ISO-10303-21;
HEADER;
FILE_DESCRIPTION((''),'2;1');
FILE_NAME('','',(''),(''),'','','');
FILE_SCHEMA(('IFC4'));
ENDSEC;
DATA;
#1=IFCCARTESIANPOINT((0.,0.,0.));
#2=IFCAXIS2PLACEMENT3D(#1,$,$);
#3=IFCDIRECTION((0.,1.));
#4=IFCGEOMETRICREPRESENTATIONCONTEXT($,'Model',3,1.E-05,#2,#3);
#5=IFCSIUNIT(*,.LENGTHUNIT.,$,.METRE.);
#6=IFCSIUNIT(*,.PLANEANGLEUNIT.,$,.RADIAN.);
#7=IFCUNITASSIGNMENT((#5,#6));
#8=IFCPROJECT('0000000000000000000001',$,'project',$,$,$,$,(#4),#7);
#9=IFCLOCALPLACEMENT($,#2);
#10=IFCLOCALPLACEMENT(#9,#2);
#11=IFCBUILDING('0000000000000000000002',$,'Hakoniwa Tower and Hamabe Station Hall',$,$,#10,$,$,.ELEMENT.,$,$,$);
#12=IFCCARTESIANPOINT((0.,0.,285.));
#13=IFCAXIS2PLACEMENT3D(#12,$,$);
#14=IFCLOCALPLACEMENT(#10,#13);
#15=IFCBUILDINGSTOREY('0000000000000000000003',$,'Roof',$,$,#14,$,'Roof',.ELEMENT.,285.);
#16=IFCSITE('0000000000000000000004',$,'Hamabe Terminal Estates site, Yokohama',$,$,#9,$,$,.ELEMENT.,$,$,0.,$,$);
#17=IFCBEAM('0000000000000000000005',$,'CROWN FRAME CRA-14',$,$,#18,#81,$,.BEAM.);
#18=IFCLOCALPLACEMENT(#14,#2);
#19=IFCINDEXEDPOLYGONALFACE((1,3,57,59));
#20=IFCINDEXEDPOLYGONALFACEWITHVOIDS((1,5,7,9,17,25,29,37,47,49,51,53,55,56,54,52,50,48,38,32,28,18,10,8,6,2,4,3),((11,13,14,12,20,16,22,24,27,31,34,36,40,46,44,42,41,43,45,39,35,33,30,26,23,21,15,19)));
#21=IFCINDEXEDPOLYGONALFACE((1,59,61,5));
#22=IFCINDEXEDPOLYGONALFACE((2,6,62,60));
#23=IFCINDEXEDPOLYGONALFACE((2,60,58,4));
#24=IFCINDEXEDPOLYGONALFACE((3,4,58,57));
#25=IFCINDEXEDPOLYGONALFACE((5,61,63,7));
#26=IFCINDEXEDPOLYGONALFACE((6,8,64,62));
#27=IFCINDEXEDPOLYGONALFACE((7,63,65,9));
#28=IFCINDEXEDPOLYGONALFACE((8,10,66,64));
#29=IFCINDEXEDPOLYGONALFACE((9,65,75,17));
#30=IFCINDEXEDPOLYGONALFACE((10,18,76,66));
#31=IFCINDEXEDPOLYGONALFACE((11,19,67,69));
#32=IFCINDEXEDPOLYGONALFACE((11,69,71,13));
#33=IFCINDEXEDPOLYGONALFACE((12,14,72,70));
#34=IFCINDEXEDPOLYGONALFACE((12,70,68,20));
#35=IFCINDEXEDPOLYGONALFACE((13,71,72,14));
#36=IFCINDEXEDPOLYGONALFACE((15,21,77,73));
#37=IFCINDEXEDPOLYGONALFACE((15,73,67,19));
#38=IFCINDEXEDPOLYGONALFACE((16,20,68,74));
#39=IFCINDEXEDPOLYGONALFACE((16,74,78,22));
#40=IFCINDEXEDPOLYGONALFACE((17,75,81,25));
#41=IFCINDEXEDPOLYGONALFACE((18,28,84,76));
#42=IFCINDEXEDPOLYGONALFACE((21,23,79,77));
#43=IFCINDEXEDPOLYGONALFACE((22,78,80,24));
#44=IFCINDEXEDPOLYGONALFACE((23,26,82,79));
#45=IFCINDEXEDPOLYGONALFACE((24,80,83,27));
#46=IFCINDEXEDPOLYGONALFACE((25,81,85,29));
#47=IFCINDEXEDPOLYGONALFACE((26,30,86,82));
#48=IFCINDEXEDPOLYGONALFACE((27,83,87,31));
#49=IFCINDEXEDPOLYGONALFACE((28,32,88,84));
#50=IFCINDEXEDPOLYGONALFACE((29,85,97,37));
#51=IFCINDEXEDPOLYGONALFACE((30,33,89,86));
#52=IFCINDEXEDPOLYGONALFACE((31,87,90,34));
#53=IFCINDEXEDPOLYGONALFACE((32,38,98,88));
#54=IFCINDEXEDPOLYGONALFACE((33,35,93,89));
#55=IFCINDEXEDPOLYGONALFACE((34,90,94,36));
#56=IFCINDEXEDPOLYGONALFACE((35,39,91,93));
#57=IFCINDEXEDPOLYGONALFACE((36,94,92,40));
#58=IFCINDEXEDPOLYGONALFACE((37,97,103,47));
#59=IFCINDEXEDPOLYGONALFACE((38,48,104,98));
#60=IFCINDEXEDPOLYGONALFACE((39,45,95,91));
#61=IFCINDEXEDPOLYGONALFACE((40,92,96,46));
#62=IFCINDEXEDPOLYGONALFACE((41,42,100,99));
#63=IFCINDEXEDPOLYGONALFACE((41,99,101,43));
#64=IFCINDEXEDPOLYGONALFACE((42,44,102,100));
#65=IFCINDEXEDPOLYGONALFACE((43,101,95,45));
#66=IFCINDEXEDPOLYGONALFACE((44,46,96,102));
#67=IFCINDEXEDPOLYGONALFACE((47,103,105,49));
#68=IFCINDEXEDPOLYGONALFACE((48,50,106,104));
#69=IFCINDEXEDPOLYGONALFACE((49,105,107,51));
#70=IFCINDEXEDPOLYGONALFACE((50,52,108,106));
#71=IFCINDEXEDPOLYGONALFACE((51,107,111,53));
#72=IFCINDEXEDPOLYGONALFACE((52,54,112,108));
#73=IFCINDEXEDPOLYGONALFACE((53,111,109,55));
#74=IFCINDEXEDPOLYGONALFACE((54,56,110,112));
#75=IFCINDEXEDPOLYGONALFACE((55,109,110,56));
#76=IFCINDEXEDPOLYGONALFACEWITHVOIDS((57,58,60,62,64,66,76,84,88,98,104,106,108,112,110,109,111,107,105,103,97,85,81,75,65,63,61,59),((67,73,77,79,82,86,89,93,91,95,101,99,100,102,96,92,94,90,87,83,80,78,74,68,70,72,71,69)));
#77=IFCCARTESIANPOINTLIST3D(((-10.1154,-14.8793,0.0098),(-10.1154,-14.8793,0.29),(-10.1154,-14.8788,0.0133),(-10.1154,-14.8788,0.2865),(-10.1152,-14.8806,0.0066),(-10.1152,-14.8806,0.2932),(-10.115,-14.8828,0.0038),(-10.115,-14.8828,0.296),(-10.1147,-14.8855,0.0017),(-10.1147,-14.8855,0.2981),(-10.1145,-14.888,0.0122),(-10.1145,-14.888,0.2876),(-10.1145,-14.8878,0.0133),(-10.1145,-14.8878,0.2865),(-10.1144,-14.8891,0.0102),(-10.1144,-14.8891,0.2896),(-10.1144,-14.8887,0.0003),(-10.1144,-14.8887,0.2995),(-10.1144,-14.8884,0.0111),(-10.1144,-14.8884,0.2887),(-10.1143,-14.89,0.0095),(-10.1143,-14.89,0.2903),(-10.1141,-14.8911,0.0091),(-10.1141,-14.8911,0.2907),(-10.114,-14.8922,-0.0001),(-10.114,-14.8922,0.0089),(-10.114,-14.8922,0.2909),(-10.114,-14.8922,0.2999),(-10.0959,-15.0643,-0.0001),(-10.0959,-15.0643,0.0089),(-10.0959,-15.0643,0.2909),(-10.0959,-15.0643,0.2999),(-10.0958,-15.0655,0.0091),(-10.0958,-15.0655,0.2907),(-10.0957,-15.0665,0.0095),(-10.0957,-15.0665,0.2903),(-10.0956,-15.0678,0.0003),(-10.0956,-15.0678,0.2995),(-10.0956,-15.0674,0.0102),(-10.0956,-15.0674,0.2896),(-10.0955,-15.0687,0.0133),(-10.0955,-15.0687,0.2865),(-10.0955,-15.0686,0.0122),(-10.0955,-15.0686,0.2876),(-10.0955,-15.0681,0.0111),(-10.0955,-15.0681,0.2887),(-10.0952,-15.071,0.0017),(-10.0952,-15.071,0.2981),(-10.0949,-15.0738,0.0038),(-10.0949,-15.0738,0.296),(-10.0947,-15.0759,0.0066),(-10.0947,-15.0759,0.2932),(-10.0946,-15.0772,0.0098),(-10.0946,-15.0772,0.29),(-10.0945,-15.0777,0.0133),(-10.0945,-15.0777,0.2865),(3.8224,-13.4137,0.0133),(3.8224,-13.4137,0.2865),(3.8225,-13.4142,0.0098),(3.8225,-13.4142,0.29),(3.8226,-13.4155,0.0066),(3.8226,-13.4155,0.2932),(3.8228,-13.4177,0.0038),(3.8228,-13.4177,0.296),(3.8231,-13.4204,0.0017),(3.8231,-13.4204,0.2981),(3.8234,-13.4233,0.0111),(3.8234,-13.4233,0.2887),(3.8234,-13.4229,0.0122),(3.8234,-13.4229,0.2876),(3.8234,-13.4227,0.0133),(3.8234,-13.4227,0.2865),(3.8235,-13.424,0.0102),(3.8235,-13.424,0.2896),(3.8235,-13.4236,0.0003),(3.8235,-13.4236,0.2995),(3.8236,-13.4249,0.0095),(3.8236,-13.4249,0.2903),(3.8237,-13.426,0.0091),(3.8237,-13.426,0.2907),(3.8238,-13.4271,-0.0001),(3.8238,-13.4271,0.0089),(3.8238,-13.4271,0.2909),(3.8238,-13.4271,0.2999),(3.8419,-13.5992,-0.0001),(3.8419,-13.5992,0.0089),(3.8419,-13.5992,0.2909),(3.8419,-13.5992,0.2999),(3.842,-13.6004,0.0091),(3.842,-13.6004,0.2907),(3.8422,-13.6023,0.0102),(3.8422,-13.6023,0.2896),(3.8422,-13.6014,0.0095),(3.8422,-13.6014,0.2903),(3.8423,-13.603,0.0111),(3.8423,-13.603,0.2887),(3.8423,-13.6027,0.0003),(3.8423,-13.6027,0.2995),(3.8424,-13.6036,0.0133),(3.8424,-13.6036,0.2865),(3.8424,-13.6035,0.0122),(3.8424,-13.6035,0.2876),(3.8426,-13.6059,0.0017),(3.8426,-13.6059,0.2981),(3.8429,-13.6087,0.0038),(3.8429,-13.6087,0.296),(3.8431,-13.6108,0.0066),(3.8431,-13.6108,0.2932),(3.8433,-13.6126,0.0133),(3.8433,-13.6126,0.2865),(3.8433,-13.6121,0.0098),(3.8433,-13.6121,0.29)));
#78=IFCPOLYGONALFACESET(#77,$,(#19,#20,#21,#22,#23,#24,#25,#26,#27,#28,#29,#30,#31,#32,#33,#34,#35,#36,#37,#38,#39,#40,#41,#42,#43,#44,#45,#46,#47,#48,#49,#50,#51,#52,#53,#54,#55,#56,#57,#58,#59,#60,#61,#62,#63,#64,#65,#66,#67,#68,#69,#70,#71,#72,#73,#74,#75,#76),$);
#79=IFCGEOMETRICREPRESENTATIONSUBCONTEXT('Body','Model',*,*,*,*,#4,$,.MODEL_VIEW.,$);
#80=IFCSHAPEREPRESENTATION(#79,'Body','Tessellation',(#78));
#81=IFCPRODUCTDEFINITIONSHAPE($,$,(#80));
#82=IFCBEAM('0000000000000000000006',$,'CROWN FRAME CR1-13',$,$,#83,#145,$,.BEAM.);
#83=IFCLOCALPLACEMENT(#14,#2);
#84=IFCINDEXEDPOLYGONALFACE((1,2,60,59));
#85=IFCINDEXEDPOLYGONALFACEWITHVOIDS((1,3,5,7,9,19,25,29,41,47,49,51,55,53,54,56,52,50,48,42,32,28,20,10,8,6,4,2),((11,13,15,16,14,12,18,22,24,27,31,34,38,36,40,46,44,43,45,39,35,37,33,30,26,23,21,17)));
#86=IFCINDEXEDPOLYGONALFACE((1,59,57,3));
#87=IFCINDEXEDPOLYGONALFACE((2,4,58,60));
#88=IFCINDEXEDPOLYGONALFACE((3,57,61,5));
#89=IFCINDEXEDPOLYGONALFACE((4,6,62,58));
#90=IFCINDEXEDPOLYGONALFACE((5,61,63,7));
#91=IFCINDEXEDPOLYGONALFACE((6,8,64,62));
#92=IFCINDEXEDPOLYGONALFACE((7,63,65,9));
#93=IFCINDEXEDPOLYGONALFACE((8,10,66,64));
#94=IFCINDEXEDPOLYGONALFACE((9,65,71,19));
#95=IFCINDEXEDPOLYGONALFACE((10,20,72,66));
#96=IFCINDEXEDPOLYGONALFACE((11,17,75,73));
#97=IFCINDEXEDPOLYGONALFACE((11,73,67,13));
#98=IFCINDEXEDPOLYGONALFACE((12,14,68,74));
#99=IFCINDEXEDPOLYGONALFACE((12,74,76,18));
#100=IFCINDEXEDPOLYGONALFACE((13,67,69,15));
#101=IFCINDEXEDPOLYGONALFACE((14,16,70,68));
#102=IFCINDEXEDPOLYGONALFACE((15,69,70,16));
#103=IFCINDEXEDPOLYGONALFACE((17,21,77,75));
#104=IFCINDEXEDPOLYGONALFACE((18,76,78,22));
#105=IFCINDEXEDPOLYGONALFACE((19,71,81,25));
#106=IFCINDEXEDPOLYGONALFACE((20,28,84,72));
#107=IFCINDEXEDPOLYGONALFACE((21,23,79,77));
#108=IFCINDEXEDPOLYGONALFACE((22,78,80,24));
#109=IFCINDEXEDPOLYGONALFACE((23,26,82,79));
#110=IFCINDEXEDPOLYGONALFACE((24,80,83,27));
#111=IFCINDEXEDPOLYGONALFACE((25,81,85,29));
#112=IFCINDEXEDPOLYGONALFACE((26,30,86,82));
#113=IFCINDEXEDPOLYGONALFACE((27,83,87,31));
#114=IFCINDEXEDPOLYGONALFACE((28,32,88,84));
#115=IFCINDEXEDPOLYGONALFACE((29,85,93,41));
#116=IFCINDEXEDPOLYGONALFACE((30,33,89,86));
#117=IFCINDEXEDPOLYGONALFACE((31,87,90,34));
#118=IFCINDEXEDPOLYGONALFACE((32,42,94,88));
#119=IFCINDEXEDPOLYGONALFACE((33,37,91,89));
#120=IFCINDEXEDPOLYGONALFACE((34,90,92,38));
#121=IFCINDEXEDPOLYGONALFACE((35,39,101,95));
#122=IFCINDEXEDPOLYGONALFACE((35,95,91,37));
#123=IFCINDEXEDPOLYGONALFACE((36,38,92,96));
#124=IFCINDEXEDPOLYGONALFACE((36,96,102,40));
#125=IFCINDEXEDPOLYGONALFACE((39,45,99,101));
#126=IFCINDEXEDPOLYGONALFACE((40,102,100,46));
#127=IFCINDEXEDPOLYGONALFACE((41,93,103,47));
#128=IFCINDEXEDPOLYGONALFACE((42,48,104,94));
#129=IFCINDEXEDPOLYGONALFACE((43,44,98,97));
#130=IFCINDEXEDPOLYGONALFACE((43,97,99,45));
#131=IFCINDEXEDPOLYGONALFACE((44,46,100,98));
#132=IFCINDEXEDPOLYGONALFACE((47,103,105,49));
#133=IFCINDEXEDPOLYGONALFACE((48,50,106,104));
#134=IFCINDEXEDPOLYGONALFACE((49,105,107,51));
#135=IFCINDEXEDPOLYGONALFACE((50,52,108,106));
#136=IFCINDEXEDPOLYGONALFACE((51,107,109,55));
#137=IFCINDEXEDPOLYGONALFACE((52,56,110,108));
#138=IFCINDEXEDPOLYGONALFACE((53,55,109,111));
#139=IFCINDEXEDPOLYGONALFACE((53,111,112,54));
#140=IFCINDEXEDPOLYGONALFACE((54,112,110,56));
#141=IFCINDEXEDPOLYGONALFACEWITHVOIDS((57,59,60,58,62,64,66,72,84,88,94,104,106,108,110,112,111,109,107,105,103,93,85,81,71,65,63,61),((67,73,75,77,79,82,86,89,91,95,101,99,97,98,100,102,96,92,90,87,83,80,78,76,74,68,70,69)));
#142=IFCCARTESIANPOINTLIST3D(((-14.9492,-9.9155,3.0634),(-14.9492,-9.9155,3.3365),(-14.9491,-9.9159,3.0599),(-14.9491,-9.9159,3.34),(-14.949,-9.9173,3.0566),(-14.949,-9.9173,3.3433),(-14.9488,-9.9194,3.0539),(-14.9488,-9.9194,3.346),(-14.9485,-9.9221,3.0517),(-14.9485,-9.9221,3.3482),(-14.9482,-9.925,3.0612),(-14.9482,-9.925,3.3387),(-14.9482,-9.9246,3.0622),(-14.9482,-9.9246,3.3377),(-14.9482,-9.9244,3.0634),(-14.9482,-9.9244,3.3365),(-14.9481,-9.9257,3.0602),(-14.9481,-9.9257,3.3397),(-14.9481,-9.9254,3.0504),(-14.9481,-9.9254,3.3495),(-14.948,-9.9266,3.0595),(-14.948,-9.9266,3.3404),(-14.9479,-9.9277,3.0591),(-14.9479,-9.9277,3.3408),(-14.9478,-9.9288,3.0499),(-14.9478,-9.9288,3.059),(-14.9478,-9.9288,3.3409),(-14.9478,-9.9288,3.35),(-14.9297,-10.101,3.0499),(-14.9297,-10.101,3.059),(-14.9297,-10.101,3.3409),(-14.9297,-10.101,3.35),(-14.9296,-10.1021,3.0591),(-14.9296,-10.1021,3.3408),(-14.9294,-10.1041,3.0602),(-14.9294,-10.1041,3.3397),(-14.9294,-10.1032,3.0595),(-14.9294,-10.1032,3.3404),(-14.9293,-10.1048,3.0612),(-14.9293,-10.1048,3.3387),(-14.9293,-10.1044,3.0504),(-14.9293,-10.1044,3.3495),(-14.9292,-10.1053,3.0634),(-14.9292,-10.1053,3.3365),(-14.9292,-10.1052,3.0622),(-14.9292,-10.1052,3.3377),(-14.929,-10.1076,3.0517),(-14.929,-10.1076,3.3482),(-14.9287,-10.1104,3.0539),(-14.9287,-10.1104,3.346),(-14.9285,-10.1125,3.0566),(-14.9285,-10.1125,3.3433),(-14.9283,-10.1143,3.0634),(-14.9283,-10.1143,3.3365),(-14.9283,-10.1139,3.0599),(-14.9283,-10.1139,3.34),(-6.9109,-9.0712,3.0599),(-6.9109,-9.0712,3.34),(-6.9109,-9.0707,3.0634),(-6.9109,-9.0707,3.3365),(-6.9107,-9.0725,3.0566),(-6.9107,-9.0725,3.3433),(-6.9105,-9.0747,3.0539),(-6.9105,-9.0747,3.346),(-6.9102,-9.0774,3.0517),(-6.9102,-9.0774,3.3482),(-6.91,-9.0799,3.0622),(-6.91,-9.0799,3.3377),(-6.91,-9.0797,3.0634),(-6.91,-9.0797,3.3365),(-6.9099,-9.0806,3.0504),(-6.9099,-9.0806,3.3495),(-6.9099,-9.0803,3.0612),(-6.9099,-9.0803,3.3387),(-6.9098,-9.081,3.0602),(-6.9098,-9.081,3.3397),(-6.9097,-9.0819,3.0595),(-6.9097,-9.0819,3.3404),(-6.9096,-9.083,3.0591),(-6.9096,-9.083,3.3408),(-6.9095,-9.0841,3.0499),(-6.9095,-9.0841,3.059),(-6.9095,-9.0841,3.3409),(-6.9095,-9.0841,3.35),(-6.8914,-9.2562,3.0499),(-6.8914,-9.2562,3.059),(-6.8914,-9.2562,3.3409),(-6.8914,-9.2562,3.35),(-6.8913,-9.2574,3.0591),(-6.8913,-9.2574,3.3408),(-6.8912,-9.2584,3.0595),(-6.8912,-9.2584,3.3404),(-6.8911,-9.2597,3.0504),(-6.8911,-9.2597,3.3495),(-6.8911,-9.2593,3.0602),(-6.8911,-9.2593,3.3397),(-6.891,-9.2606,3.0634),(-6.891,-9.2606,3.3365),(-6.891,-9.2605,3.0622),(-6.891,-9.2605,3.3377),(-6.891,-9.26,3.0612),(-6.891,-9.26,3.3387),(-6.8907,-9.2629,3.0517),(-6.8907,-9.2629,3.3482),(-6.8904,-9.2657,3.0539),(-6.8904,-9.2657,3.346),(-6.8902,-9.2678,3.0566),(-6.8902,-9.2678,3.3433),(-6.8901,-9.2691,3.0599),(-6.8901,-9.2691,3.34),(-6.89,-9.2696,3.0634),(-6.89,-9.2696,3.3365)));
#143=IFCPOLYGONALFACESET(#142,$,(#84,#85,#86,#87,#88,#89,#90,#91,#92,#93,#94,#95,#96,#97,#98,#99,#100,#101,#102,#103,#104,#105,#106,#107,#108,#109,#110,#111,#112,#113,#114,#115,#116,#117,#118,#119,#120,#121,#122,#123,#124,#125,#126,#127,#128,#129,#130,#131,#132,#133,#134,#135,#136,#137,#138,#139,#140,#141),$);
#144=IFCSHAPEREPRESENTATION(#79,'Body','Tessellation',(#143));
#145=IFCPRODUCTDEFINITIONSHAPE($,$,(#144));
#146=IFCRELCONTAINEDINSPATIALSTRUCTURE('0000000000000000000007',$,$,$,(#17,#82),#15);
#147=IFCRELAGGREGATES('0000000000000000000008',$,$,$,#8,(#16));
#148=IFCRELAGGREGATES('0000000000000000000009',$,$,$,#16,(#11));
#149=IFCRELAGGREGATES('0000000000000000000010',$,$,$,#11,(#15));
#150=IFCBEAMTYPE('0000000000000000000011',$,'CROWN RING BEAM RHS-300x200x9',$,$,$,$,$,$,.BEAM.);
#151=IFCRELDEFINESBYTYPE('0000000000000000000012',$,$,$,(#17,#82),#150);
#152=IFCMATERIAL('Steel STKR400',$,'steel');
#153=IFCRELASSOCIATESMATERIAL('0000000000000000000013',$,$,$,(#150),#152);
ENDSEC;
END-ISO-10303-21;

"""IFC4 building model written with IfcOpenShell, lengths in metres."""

from ifc_helpers import new_model, si_unit, direction, frame, origin, origin_2d, place, context, subcontext, project, spatial, hollow_rectangle, extrude, material, material_profile, profile_set, type_object, element, save


model = new_model("IFC4")

# Units and contexts
model_context = context("Model", 3, precision=1e-05, world=origin(), true_north=direction((0.0, 1.0)))
body_context = subcontext(model_context, "Body", "Model", "MODEL_VIEW")
ifc_project = project(units=[si_unit("LENGTHUNIT", "METRE"), si_unit("PLANEANGLEUNIT", "RADIAN")], contexts=[model_context])

# Site, building, storey
site_placement = place(None, origin())
site = spatial("IfcSite", under=ifc_project, at=site_placement, Name="Hamabe Terminal Estates site, Yokohama", CompositionType="ELEMENT", RefElevation=0.0)
building_placement = place(site_placement, origin())
building = spatial("IfcBuilding", under=site, at=building_placement, Name="Hakoniwa Tower and Hamabe Station Hall", CompositionType="ELEMENT")
storey_placement = place(building_placement, frame((0.0, 0.0, 285.0)))
storey = spatial("IfcBuildingStorey", under=building, at=storey_placement, Name="Roof", LongName="Roof", CompositionType="ELEMENT", Elevation=285.0)

# Beams
ifc_material_1 = material(Name="Steel STKR400", Category="steel")
ifc_material_profile_1 = material_profile(ifc_material_1, hollow_rectangle(XDim=0.2, YDim=0.3, WallThickness=0.009, InnerFilletRadius=0.0044, OuterFilletRadius=0.0134, at=origin_2d()), Name="RHS-300x200x9")
ifc_profile_set_1 = profile_set([ifc_material_profile_1], Name="Steel STKR400")
beam_type = type_object("IfcBeamType", Name="CROWN RING BEAM RHS-300x200x9", PredefinedType="BEAM", material=ifc_profile_set_1)
beam_1_placement = place(storey_placement, frame((-10.105, -14.9783, 0.1499), z_axis=(0.994521, 0.104541, 0.0), x_axis=(-0.104541, 0.994521, 0.0)))
element("IfcBeam", 1, at=beam_1_placement, inside=storey, type_object=beam_type, Name="CROWN FRAME CRA-14", PredefinedType="BEAM", context=body_context, shape_type="SweptSolid", body=[
    extrude(hollow_rectangle(XDim=0.2, YDim=0.3, WallThickness=0.009, InnerFilletRadius=0.0044, OuterFilletRadius=0.0134, at=origin_2d()), origin(), (0.0, 0.0, 1.0), 14.0146),
])
beam_2_placement = place(storey_placement, frame((-14.9387, -10.0149, 3.2), z_axis=(0.994524, 0.104512, 0.0), x_axis=(-0.104512, 0.994524, 0.0)))
element("IfcBeam", 2, at=beam_2_placement, inside=storey, type_object=beam_type, Name="CROWN FRAME CR1-13", PredefinedType="BEAM", context=body_context, shape_type="SweptSolid", body=[
    extrude(hollow_rectangle(XDim=0.2, YDim=0.3, WallThickness=0.009, InnerFilletRadius=0.0044, OuterFilletRadius=0.0134, at=origin_2d()), origin(), (0.0, 0.0, 1.0), 8.0825),
])

save(model, "model.ifc")
